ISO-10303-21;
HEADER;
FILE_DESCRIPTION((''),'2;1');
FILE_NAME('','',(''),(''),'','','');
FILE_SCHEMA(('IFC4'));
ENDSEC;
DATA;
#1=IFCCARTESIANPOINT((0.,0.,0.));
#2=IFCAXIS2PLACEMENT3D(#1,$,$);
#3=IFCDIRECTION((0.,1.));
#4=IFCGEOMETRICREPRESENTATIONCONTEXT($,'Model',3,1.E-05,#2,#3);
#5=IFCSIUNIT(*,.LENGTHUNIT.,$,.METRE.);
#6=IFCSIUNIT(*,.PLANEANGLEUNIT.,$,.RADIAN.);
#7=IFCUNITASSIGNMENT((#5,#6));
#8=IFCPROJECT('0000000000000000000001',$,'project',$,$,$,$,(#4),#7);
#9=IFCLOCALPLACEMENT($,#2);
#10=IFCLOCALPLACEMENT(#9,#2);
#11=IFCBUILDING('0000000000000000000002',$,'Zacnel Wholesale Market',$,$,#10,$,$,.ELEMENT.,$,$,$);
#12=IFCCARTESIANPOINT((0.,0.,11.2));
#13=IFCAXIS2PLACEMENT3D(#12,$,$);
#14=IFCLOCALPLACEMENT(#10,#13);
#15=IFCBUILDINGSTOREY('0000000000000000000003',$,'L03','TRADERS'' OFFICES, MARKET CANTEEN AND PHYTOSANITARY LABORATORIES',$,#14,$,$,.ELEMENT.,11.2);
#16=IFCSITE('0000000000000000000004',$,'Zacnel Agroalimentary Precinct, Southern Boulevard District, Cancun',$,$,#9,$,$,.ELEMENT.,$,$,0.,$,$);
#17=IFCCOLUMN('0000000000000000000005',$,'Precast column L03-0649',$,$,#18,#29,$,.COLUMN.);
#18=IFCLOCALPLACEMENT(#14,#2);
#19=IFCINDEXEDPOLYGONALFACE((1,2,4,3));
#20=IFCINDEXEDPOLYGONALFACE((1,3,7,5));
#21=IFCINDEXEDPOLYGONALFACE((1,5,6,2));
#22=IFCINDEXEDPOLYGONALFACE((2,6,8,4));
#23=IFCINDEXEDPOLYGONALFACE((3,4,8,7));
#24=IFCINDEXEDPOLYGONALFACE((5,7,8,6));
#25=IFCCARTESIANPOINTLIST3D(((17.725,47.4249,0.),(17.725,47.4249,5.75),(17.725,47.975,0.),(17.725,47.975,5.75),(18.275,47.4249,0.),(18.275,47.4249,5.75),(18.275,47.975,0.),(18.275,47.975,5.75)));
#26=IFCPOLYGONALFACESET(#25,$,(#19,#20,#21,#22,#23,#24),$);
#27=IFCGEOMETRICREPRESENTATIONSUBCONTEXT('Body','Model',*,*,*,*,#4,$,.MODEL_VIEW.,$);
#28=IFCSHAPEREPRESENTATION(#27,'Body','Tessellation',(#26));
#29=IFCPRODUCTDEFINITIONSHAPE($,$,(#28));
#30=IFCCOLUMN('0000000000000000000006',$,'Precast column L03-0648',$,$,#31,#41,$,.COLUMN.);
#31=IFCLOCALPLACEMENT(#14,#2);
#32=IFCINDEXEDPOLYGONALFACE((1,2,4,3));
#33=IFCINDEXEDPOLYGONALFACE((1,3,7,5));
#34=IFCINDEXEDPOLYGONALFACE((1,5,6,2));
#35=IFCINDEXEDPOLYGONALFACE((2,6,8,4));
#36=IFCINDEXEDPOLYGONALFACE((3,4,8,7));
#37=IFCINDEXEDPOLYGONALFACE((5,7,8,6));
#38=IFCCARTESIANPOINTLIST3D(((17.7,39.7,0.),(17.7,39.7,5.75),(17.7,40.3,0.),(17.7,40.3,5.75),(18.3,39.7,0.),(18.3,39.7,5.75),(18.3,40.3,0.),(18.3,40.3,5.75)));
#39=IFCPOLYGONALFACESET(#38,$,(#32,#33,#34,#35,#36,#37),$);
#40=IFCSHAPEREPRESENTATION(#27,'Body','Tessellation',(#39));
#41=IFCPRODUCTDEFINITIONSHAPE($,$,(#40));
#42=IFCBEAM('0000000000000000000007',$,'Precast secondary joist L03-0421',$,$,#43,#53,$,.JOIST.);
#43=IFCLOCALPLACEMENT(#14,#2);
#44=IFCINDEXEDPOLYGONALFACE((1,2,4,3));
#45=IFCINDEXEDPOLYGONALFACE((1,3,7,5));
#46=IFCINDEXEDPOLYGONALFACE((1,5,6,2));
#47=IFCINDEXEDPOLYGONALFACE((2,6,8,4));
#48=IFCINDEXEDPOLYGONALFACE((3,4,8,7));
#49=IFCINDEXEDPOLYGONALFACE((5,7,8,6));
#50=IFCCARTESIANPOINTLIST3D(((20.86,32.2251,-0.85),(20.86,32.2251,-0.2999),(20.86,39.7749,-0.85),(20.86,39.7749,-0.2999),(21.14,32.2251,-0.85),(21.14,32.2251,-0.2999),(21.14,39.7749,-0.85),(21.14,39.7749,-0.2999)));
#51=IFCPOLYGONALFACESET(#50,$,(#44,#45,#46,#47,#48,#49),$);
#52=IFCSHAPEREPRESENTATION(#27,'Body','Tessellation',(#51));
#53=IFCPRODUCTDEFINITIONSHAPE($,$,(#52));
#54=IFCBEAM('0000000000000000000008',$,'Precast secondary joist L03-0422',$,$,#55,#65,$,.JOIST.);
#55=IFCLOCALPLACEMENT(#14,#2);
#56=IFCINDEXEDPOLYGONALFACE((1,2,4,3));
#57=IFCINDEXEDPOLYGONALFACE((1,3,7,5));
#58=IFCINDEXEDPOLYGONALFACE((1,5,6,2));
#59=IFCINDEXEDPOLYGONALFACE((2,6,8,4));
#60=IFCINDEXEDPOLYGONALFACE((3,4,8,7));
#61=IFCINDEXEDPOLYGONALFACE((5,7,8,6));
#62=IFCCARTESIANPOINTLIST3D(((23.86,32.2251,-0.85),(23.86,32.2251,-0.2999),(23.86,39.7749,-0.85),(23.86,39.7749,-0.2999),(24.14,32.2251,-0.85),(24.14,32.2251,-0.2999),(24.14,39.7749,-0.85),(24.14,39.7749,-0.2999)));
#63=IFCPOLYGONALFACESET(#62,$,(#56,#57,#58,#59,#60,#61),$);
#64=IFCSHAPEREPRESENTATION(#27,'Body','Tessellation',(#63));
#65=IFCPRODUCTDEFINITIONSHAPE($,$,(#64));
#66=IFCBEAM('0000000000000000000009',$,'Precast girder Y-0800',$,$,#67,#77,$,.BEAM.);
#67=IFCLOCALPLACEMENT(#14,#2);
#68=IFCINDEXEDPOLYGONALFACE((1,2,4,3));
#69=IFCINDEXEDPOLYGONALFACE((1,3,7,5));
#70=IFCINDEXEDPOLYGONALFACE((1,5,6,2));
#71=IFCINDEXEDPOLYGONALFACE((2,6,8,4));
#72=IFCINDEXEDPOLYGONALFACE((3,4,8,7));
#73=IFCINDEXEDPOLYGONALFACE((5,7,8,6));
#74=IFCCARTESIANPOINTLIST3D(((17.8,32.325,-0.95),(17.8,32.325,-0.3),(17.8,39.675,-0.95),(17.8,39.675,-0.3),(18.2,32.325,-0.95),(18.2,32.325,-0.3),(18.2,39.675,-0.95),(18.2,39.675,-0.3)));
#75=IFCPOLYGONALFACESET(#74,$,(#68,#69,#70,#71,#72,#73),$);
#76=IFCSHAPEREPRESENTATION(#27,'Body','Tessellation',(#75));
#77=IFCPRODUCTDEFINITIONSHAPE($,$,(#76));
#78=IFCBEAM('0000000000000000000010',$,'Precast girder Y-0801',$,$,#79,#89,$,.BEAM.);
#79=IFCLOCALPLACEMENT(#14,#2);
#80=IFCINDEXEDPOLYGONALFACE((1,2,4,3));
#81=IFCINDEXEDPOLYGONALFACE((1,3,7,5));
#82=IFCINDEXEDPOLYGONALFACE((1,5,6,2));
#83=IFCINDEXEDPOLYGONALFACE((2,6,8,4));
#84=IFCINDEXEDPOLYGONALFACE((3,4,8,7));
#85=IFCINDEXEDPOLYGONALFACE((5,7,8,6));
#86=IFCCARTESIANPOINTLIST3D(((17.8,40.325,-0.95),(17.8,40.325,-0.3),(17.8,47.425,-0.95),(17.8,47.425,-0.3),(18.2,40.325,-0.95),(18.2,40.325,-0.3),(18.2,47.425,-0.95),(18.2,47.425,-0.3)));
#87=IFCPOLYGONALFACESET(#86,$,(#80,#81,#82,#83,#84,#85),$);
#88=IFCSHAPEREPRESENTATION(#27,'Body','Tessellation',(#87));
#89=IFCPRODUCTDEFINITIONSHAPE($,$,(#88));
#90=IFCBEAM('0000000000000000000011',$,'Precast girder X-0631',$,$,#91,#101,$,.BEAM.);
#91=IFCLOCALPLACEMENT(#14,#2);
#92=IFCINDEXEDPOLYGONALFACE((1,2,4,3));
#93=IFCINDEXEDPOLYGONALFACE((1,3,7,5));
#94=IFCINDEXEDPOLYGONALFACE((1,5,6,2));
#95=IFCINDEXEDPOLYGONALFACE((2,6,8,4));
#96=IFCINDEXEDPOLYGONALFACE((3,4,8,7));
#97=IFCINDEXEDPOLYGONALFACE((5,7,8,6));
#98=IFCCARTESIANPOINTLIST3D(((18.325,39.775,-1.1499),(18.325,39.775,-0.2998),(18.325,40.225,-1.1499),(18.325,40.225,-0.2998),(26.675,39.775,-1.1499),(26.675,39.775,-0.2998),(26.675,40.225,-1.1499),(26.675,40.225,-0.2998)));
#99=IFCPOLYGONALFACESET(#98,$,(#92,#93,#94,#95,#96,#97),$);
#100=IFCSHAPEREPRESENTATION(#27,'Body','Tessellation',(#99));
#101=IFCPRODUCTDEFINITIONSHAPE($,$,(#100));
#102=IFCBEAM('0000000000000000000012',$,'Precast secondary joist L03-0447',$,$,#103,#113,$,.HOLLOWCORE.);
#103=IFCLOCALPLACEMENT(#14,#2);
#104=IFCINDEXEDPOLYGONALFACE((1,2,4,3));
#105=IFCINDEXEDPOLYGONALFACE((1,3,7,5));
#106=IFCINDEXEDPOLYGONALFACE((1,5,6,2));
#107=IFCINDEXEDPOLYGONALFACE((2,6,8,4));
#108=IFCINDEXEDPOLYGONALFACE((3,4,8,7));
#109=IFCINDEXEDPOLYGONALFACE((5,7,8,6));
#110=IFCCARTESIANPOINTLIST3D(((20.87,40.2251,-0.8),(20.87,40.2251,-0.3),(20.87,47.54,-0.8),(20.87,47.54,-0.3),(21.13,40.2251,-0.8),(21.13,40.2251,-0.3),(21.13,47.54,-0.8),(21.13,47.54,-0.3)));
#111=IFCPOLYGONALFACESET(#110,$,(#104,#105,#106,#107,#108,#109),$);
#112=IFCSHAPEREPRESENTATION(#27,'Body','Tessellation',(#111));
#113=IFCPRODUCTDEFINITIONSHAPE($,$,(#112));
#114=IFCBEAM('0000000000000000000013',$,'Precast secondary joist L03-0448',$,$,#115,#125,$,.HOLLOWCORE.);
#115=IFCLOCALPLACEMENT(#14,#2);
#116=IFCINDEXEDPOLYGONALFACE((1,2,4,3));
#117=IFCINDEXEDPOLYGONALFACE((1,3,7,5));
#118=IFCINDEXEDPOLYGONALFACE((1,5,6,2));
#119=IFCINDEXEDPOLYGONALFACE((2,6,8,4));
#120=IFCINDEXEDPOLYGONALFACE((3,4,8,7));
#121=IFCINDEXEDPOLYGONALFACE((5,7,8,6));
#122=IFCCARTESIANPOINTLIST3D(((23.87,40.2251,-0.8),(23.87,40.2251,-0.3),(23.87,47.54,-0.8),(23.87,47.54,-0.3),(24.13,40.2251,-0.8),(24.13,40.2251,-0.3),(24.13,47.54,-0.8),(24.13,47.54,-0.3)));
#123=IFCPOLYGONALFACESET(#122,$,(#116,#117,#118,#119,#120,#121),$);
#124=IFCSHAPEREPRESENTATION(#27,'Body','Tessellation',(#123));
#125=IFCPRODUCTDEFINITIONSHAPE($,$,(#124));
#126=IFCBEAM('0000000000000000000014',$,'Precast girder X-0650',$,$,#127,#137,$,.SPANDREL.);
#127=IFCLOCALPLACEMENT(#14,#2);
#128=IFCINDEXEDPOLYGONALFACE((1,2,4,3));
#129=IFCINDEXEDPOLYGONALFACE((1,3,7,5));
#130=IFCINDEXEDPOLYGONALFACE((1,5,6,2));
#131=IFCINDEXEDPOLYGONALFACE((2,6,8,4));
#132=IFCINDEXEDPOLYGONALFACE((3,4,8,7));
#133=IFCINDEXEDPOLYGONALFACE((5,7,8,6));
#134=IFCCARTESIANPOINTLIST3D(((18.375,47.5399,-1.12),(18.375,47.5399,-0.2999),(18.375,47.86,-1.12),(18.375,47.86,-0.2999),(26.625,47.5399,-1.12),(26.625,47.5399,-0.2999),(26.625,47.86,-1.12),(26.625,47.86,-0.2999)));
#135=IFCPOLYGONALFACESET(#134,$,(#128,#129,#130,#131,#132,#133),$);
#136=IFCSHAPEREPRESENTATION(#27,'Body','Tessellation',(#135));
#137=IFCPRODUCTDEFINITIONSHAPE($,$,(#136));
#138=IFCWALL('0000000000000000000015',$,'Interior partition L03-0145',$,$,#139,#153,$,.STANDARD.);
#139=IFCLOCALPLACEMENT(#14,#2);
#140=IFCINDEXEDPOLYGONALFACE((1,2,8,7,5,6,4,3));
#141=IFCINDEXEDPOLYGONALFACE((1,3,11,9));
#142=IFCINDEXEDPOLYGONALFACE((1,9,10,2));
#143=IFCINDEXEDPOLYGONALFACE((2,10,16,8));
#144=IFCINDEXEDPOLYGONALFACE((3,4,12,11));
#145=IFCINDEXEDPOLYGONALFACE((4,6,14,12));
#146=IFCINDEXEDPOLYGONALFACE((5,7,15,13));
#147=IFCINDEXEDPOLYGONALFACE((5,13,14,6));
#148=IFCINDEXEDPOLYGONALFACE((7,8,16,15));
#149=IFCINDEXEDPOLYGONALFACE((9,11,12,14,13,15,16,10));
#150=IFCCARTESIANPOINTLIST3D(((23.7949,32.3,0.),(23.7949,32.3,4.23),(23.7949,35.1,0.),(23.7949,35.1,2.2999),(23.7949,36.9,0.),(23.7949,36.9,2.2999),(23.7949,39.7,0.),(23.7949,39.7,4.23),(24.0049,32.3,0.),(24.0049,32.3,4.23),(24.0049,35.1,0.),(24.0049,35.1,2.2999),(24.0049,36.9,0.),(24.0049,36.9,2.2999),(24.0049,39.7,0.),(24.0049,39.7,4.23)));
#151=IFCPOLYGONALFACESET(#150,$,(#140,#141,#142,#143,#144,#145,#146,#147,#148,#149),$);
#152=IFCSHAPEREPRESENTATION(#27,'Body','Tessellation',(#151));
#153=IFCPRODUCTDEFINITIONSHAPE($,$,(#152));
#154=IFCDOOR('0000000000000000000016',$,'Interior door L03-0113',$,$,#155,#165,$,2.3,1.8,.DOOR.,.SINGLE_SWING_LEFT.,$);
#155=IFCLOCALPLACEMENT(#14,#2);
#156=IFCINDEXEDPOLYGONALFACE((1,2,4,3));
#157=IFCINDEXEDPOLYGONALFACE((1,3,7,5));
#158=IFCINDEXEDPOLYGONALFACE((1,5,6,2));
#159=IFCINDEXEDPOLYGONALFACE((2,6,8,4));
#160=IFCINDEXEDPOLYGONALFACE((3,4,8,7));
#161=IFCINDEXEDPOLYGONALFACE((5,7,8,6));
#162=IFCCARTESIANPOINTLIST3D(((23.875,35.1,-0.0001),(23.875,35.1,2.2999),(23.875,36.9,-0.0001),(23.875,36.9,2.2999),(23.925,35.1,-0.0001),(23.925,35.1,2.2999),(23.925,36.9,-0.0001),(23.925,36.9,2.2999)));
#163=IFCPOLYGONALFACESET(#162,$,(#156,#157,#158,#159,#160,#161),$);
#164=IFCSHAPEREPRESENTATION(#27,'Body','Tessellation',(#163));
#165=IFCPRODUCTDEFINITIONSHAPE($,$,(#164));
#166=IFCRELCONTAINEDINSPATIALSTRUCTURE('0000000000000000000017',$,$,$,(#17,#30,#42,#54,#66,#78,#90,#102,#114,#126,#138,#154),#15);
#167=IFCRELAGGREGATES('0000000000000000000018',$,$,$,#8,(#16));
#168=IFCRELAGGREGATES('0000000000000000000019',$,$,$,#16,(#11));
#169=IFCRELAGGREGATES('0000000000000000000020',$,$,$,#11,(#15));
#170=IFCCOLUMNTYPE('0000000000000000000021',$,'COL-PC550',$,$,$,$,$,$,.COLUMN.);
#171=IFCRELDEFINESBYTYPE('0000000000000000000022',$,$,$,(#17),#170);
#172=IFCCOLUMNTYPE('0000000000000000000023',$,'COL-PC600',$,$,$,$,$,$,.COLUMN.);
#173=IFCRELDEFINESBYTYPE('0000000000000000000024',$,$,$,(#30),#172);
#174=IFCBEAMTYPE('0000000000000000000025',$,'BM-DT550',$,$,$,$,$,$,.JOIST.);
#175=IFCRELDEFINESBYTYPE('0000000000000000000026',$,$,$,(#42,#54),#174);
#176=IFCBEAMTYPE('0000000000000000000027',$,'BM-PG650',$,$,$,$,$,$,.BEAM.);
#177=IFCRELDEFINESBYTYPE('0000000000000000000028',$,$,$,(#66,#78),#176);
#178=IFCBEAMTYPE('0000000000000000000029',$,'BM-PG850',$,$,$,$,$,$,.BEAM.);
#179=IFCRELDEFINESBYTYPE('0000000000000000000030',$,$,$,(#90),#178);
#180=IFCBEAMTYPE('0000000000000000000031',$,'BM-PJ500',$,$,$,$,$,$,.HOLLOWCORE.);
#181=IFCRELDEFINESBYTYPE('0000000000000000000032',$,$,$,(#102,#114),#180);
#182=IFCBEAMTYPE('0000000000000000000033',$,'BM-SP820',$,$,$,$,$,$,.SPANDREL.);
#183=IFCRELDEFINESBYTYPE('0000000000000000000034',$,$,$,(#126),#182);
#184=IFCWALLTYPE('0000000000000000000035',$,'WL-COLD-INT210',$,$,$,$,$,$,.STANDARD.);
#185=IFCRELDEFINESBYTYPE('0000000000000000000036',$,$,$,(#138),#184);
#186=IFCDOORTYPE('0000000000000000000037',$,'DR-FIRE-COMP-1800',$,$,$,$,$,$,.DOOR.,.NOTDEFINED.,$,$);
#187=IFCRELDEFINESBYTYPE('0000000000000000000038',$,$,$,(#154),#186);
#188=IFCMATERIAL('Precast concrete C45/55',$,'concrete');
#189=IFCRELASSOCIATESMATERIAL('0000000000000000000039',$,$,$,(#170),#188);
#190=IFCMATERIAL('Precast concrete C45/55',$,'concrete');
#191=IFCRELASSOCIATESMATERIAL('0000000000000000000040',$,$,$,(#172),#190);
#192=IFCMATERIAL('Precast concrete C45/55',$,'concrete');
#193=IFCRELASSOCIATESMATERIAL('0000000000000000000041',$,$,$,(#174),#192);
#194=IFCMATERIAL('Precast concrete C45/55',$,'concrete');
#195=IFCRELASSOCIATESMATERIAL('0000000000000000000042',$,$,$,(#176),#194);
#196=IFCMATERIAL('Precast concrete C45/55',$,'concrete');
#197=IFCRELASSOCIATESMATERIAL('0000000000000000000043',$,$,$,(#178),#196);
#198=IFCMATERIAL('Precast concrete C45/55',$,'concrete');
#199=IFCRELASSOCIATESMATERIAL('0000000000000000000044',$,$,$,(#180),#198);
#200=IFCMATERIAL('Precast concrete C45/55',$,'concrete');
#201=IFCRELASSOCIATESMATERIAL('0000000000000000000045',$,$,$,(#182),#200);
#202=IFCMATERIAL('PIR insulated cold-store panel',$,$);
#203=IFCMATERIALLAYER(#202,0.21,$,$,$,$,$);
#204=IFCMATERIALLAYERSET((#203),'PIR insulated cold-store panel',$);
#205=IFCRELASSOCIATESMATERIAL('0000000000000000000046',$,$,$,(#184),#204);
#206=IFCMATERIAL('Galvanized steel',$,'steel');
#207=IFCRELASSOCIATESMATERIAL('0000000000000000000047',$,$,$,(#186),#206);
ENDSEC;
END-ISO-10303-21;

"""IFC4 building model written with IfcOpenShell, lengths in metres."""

from ifc_helpers import new_model, si_unit, direction, frame, frame_2d, origin, origin_2d, place, context, subcontext, project, spatial, rectangle, extrude, material, layer, layer_set, material_profile, profile_set, type_object, element, fill, save


model = new_model("IFC4")

# Units and contexts
model_context = context("Model", 3, precision=1e-05, world=origin(), true_north=direction((0.0, 1.0)))
body_context = subcontext(model_context, "Body", "Model", "MODEL_VIEW")
ifc_project = project(units=[si_unit("LENGTHUNIT", "METRE"), si_unit("PLANEANGLEUNIT", "RADIAN")], contexts=[model_context])

# Site, building, storey
site_placement = place(None, origin())
site = spatial("IfcSite", under=ifc_project, at=site_placement, Name="Zacnel Agroalimentary Precinct, Southern Boulevard District, Cancun", CompositionType="ELEMENT", RefElevation=0.0)
building_placement = place(site_placement, origin())
building = spatial("IfcBuilding", under=site, at=building_placement, Name="Zacnel Wholesale Market", CompositionType="ELEMENT")
storey_placement = place(building_placement, frame((0.0, 0.0, 11.2)))
storey = spatial("IfcBuildingStorey", under=building, at=storey_placement, Name="L03", Description="TRADERS' OFFICES, MARKET CANTEEN AND PHYTOSANITARY LABORATORIES", CompositionType="ELEMENT", Elevation=11.2)

# Columns
ifc_material_1 = material(Name="Precast concrete C45/55", Category="concrete")
ifc_material_profile_1 = material_profile(ifc_material_1, rectangle(XDim=0.55, YDim=0.55, at=origin_2d()), Name="PC 550x550")
ifc_profile_set_1 = profile_set([ifc_material_profile_1], Name="Precast concrete C45/55")
column_type_1 = type_object("IfcColumnType", Name="COL-PC550", PredefinedType="COLUMN", material=ifc_profile_set_1)
column_1_placement = place(storey_placement, frame((18.0, 47.7, 0.0), z_axis=(0.0, 0.0, 1.0), x_axis=(1.0, 0.0, 0.0)))
element("IfcColumn", 1, at=column_1_placement, inside=storey, type_object=column_type_1, Name="Precast column L03-0649", PredefinedType="COLUMN", context=body_context, shape_type="SweptSolid", body=[
    extrude(rectangle(XDim=0.55, YDim=0.55, at=origin_2d()), origin(), (0.0, 0.0, 1.0), 5.75),
])
ifc_material_2 = material(Name="Precast concrete C45/55", Category="concrete")
ifc_material_profile_2 = material_profile(ifc_material_2, rectangle(XDim=0.6001, YDim=0.6001, at=origin_2d()), Name="PC 600x600")
ifc_profile_set_2 = profile_set([ifc_material_profile_2], Name="Precast concrete C45/55")
column_type_2 = type_object("IfcColumnType", Name="COL-PC600", PredefinedType="COLUMN", material=ifc_profile_set_2)
column_2_placement = place(storey_placement, frame((18.0, 40.0, 0.0), z_axis=(0.0, 0.0, 1.0), x_axis=(1.0, 0.0, 0.0)))
element("IfcColumn", 2, at=column_2_placement, inside=storey, type_object=column_type_2, Name="Precast column L03-0648", PredefinedType="COLUMN", context=body_context, shape_type="SweptSolid", body=[
    extrude(rectangle(XDim=0.6001, YDim=0.6001, at=origin_2d()), origin(), (0.0, 0.0, 1.0), 5.75),
])

# Beams
ifc_material_3 = material(Name="Precast concrete C45/55", Category="concrete")
ifc_material_profile_3 = material_profile(ifc_material_3, rectangle(XDim=0.28, YDim=0.55, at=origin_2d()), Name="DT RIB 280x550")
ifc_profile_set_3 = profile_set([ifc_material_profile_3], Name="Precast concrete C45/55")
beam_type_1 = type_object("IfcBeamType", Name="BM-DT550", PredefinedType="JOIST", material=ifc_profile_set_3)
for number, where, z_axis, x_axis, name in (
    (3, (21.0, 32.2251, -0.575), (0.0, 1.0, 0.0), (-1.0, 0.0, 0.0), "Precast secondary joist L03-0421"),
    (4, (24.0, 32.2251, -0.575), (0.0, 1.0, 0.0), (-1.0, 0.0, 0.0), "Precast secondary joist L03-0422"),
):
    element("IfcBeam", number, at=place(storey_placement, frame(where, z_axis=z_axis, x_axis=x_axis)), inside=storey, type_object=beam_type_1, Name=name, PredefinedType="JOIST", context=body_context, shape_type="SweptSolid", body=[
        extrude(rectangle(XDim=0.28, YDim=0.55, at=origin_2d()), origin(), (0.0, 0.0, 1.0), 7.5498),
    ])
ifc_material_4 = material(Name="Precast concrete C45/55", Category="concrete")
ifc_material_profile_4 = material_profile(ifc_material_4, rectangle(XDim=0.3999, YDim=0.6499, at=origin_2d()), Name="PG 400x650")
ifc_profile_set_4 = profile_set([ifc_material_profile_4], Name="Precast concrete C45/55")
beam_type_2 = type_object("IfcBeamType", Name="BM-PG650", PredefinedType="BEAM", material=ifc_profile_set_4)
beam_1_placement = place(storey_placement, frame((18.0, 32.325, -0.625), z_axis=(0.0, 1.0, 0.0), x_axis=(-1.0, 0.0, 0.0)))
element("IfcBeam", 5, at=beam_1_placement, inside=storey, type_object=beam_type_2, Name="Precast girder Y-0800", PredefinedType="BEAM", context=body_context, shape_type="SweptSolid", body=[
    extrude(rectangle(XDim=0.3999, YDim=0.6499, at=origin_2d()), origin(), (0.0, 0.0, 1.0), 7.3501),
])
beam_2_placement = place(storey_placement, frame((18.0, 40.325, -0.625), z_axis=(0.0, 1.0, 0.0), x_axis=(-1.0, 0.0, 0.0)))
element("IfcBeam", 6, at=beam_2_placement, inside=storey, type_object=beam_type_2, Name="Precast girder Y-0801", PredefinedType="BEAM", context=body_context, shape_type="SweptSolid", body=[
    extrude(rectangle(XDim=0.3999, YDim=0.6499, at=origin_2d()), origin(), (0.0, 0.0, 1.0), 7.1001),
])
ifc_material_5 = material(Name="Precast concrete C45/55", Category="concrete")
ifc_material_profile_5 = material_profile(ifc_material_5, rectangle(XDim=0.45, YDim=0.8501, at=origin_2d()), Name="PG 450x850")
ifc_profile_set_5 = profile_set([ifc_material_profile_5], Name="Precast concrete C45/55")
beam_type_3 = type_object("IfcBeamType", Name="BM-PG850", PredefinedType="BEAM", material=ifc_profile_set_5)
beam_3_placement = place(storey_placement, frame((18.325, 40.0, -0.7249), z_axis=(1.0, 0.0, 0.0), x_axis=(0.0, 1.0, 0.0)))
element("IfcBeam", 7, at=beam_3_placement, inside=storey, type_object=beam_type_3, Name="Precast girder X-0631", PredefinedType="BEAM", context=body_context, shape_type="SweptSolid", body=[
    extrude(rectangle(XDim=0.45, YDim=0.8501, at=origin_2d()), origin(), (0.0, 0.0, 1.0), 8.3501),
])
ifc_material_6 = material(Name="Precast concrete C45/55", Category="concrete")
ifc_material_profile_6 = material_profile(ifc_material_6, rectangle(XDim=0.26, YDim=0.5, at=origin_2d()), Name="PJ 260x500")
ifc_profile_set_6 = profile_set([ifc_material_profile_6], Name="Precast concrete C45/55")
beam_type_4 = type_object("IfcBeamType", Name="BM-PJ500", PredefinedType="HOLLOWCORE", material=ifc_profile_set_6)
for number, where, z_axis, x_axis, name in (
    (8, (21.0, 40.2251, -0.55), (0.0, 1.0, 0.0), (-1.0, 0.0, 0.0), "Precast secondary joist L03-0447"),
    (9, (24.0, 40.2251, -0.55), (0.0, 1.0, 0.0), (-1.0, 0.0, 0.0), "Precast secondary joist L03-0448"),
):
    element("IfcBeam", number, at=place(storey_placement, frame(where, z_axis=z_axis, x_axis=x_axis)), inside=storey, type_object=beam_type_4, Name=name, PredefinedType="HOLLOWCORE", context=body_context, shape_type="SweptSolid", body=[
        extrude(rectangle(XDim=0.26, YDim=0.5, at=origin_2d()), origin(), (0.0, 0.0, 1.0), 7.3149),
    ])
ifc_material_7 = material(Name="Precast concrete C45/55", Category="concrete")
ifc_material_profile_7 = material_profile(ifc_material_7, rectangle(XDim=0.3201, YDim=0.8201, at=origin_2d()), Name="SP 320x820")
ifc_profile_set_7 = profile_set([ifc_material_profile_7], Name="Precast concrete C45/55")
beam_type_5 = type_object("IfcBeamType", Name="BM-SP820", PredefinedType="SPANDREL", material=ifc_profile_set_7)
beam_4_placement = place(storey_placement, frame((18.375, 47.7, -0.71), z_axis=(1.0, 0.0, 0.0), x_axis=(0.0, 1.0, 0.0)))
element("IfcBeam", 10, at=beam_4_placement, inside=storey, type_object=beam_type_5, Name="Precast girder X-0650", PredefinedType="SPANDREL", context=body_context, shape_type="SweptSolid", body=[
    extrude(rectangle(XDim=0.3201, YDim=0.8201, at=origin_2d()), origin(), (0.0, 0.0, 1.0), 8.25),
])

# Wall, opening, door
ifc_material_8 = material(Name="PIR insulated cold-store panel")
ifc_layer_1 = layer(ifc_material_8, 0.21)
ifc_layer_set_1 = layer_set([ifc_layer_1], Name="PIR insulated cold-store panel")
wall_type_1 = type_object("IfcWallType", Name="WL-COLD-INT210", PredefinedType="STANDARD", material=ifc_layer_set_1)
wall_1_placement = place(storey_placement, frame((23.8999, 32.3, 0.0), z_axis=(0.0, 0.0, 1.0), x_axis=(0.0, 1.0, 0.0)))
wall_1 = element("IfcWall", 11, at=wall_1_placement, inside=storey, type_object=wall_type_1, Name="Interior partition L03-0145", PredefinedType="STANDARD", context=body_context, shape_type="SweptSolid", body=[
    extrude(rectangle(XDim=7.3999, YDim=0.21, at=frame_2d((3.7, 0.0))), origin(), (0.0, 0.0, 1.0), 4.23),
])
opening_1_placement = place(wall_1_placement, frame((2.8, 0.0, 0.0)))
opening_1 = element("IfcOpeningElement", 12, at=opening_1_placement, cuts=wall_1, PredefinedType="OPENING", context=body_context, shape_type="SweptSolid", body=[
    extrude(rectangle(XDim=1.8, YDim=2.3, at=frame_2d((0.8999, 1.1499))), frame((0.0, 0.115, 0.0), z_axis=(0.0, -1.0, 0.0), x_axis=(1.0, 0.0, 0.0)), (0.0, 0.0, 1.0), 0.23),
])
ifc_material_9 = material(Name="Galvanized steel", Category="steel")
door_type_1 = type_object("IfcDoorType", Name="DR-FIRE-COMP-1800", OperationType="NOTDEFINED", PredefinedType="DOOR", material=ifc_material_9)
door_1_placement = place(opening_1_placement, origin())
door_1 = element("IfcDoor", 13, at=door_1_placement, inside=storey, type_object=door_type_1, Name="Interior door L03-0113", OperationType="SINGLE_SWING_LEFT", OverallHeight=2.3, OverallWidth=1.8, PredefinedType="DOOR", context=body_context, shape_type="SweptSolid", body=[
    extrude(rectangle(XDim=1.8, YDim=2.3, at=frame_2d((0.8999, 1.1499))), frame((0.0, 0.0249, 0.0), z_axis=(0.0, -1.0, 0.0), x_axis=(1.0, 0.0, 0.0)), (0.0, 0.0, 1.0), 0.05),
])
fill(opening_1, door_1)

save(model, "model.ifc")
